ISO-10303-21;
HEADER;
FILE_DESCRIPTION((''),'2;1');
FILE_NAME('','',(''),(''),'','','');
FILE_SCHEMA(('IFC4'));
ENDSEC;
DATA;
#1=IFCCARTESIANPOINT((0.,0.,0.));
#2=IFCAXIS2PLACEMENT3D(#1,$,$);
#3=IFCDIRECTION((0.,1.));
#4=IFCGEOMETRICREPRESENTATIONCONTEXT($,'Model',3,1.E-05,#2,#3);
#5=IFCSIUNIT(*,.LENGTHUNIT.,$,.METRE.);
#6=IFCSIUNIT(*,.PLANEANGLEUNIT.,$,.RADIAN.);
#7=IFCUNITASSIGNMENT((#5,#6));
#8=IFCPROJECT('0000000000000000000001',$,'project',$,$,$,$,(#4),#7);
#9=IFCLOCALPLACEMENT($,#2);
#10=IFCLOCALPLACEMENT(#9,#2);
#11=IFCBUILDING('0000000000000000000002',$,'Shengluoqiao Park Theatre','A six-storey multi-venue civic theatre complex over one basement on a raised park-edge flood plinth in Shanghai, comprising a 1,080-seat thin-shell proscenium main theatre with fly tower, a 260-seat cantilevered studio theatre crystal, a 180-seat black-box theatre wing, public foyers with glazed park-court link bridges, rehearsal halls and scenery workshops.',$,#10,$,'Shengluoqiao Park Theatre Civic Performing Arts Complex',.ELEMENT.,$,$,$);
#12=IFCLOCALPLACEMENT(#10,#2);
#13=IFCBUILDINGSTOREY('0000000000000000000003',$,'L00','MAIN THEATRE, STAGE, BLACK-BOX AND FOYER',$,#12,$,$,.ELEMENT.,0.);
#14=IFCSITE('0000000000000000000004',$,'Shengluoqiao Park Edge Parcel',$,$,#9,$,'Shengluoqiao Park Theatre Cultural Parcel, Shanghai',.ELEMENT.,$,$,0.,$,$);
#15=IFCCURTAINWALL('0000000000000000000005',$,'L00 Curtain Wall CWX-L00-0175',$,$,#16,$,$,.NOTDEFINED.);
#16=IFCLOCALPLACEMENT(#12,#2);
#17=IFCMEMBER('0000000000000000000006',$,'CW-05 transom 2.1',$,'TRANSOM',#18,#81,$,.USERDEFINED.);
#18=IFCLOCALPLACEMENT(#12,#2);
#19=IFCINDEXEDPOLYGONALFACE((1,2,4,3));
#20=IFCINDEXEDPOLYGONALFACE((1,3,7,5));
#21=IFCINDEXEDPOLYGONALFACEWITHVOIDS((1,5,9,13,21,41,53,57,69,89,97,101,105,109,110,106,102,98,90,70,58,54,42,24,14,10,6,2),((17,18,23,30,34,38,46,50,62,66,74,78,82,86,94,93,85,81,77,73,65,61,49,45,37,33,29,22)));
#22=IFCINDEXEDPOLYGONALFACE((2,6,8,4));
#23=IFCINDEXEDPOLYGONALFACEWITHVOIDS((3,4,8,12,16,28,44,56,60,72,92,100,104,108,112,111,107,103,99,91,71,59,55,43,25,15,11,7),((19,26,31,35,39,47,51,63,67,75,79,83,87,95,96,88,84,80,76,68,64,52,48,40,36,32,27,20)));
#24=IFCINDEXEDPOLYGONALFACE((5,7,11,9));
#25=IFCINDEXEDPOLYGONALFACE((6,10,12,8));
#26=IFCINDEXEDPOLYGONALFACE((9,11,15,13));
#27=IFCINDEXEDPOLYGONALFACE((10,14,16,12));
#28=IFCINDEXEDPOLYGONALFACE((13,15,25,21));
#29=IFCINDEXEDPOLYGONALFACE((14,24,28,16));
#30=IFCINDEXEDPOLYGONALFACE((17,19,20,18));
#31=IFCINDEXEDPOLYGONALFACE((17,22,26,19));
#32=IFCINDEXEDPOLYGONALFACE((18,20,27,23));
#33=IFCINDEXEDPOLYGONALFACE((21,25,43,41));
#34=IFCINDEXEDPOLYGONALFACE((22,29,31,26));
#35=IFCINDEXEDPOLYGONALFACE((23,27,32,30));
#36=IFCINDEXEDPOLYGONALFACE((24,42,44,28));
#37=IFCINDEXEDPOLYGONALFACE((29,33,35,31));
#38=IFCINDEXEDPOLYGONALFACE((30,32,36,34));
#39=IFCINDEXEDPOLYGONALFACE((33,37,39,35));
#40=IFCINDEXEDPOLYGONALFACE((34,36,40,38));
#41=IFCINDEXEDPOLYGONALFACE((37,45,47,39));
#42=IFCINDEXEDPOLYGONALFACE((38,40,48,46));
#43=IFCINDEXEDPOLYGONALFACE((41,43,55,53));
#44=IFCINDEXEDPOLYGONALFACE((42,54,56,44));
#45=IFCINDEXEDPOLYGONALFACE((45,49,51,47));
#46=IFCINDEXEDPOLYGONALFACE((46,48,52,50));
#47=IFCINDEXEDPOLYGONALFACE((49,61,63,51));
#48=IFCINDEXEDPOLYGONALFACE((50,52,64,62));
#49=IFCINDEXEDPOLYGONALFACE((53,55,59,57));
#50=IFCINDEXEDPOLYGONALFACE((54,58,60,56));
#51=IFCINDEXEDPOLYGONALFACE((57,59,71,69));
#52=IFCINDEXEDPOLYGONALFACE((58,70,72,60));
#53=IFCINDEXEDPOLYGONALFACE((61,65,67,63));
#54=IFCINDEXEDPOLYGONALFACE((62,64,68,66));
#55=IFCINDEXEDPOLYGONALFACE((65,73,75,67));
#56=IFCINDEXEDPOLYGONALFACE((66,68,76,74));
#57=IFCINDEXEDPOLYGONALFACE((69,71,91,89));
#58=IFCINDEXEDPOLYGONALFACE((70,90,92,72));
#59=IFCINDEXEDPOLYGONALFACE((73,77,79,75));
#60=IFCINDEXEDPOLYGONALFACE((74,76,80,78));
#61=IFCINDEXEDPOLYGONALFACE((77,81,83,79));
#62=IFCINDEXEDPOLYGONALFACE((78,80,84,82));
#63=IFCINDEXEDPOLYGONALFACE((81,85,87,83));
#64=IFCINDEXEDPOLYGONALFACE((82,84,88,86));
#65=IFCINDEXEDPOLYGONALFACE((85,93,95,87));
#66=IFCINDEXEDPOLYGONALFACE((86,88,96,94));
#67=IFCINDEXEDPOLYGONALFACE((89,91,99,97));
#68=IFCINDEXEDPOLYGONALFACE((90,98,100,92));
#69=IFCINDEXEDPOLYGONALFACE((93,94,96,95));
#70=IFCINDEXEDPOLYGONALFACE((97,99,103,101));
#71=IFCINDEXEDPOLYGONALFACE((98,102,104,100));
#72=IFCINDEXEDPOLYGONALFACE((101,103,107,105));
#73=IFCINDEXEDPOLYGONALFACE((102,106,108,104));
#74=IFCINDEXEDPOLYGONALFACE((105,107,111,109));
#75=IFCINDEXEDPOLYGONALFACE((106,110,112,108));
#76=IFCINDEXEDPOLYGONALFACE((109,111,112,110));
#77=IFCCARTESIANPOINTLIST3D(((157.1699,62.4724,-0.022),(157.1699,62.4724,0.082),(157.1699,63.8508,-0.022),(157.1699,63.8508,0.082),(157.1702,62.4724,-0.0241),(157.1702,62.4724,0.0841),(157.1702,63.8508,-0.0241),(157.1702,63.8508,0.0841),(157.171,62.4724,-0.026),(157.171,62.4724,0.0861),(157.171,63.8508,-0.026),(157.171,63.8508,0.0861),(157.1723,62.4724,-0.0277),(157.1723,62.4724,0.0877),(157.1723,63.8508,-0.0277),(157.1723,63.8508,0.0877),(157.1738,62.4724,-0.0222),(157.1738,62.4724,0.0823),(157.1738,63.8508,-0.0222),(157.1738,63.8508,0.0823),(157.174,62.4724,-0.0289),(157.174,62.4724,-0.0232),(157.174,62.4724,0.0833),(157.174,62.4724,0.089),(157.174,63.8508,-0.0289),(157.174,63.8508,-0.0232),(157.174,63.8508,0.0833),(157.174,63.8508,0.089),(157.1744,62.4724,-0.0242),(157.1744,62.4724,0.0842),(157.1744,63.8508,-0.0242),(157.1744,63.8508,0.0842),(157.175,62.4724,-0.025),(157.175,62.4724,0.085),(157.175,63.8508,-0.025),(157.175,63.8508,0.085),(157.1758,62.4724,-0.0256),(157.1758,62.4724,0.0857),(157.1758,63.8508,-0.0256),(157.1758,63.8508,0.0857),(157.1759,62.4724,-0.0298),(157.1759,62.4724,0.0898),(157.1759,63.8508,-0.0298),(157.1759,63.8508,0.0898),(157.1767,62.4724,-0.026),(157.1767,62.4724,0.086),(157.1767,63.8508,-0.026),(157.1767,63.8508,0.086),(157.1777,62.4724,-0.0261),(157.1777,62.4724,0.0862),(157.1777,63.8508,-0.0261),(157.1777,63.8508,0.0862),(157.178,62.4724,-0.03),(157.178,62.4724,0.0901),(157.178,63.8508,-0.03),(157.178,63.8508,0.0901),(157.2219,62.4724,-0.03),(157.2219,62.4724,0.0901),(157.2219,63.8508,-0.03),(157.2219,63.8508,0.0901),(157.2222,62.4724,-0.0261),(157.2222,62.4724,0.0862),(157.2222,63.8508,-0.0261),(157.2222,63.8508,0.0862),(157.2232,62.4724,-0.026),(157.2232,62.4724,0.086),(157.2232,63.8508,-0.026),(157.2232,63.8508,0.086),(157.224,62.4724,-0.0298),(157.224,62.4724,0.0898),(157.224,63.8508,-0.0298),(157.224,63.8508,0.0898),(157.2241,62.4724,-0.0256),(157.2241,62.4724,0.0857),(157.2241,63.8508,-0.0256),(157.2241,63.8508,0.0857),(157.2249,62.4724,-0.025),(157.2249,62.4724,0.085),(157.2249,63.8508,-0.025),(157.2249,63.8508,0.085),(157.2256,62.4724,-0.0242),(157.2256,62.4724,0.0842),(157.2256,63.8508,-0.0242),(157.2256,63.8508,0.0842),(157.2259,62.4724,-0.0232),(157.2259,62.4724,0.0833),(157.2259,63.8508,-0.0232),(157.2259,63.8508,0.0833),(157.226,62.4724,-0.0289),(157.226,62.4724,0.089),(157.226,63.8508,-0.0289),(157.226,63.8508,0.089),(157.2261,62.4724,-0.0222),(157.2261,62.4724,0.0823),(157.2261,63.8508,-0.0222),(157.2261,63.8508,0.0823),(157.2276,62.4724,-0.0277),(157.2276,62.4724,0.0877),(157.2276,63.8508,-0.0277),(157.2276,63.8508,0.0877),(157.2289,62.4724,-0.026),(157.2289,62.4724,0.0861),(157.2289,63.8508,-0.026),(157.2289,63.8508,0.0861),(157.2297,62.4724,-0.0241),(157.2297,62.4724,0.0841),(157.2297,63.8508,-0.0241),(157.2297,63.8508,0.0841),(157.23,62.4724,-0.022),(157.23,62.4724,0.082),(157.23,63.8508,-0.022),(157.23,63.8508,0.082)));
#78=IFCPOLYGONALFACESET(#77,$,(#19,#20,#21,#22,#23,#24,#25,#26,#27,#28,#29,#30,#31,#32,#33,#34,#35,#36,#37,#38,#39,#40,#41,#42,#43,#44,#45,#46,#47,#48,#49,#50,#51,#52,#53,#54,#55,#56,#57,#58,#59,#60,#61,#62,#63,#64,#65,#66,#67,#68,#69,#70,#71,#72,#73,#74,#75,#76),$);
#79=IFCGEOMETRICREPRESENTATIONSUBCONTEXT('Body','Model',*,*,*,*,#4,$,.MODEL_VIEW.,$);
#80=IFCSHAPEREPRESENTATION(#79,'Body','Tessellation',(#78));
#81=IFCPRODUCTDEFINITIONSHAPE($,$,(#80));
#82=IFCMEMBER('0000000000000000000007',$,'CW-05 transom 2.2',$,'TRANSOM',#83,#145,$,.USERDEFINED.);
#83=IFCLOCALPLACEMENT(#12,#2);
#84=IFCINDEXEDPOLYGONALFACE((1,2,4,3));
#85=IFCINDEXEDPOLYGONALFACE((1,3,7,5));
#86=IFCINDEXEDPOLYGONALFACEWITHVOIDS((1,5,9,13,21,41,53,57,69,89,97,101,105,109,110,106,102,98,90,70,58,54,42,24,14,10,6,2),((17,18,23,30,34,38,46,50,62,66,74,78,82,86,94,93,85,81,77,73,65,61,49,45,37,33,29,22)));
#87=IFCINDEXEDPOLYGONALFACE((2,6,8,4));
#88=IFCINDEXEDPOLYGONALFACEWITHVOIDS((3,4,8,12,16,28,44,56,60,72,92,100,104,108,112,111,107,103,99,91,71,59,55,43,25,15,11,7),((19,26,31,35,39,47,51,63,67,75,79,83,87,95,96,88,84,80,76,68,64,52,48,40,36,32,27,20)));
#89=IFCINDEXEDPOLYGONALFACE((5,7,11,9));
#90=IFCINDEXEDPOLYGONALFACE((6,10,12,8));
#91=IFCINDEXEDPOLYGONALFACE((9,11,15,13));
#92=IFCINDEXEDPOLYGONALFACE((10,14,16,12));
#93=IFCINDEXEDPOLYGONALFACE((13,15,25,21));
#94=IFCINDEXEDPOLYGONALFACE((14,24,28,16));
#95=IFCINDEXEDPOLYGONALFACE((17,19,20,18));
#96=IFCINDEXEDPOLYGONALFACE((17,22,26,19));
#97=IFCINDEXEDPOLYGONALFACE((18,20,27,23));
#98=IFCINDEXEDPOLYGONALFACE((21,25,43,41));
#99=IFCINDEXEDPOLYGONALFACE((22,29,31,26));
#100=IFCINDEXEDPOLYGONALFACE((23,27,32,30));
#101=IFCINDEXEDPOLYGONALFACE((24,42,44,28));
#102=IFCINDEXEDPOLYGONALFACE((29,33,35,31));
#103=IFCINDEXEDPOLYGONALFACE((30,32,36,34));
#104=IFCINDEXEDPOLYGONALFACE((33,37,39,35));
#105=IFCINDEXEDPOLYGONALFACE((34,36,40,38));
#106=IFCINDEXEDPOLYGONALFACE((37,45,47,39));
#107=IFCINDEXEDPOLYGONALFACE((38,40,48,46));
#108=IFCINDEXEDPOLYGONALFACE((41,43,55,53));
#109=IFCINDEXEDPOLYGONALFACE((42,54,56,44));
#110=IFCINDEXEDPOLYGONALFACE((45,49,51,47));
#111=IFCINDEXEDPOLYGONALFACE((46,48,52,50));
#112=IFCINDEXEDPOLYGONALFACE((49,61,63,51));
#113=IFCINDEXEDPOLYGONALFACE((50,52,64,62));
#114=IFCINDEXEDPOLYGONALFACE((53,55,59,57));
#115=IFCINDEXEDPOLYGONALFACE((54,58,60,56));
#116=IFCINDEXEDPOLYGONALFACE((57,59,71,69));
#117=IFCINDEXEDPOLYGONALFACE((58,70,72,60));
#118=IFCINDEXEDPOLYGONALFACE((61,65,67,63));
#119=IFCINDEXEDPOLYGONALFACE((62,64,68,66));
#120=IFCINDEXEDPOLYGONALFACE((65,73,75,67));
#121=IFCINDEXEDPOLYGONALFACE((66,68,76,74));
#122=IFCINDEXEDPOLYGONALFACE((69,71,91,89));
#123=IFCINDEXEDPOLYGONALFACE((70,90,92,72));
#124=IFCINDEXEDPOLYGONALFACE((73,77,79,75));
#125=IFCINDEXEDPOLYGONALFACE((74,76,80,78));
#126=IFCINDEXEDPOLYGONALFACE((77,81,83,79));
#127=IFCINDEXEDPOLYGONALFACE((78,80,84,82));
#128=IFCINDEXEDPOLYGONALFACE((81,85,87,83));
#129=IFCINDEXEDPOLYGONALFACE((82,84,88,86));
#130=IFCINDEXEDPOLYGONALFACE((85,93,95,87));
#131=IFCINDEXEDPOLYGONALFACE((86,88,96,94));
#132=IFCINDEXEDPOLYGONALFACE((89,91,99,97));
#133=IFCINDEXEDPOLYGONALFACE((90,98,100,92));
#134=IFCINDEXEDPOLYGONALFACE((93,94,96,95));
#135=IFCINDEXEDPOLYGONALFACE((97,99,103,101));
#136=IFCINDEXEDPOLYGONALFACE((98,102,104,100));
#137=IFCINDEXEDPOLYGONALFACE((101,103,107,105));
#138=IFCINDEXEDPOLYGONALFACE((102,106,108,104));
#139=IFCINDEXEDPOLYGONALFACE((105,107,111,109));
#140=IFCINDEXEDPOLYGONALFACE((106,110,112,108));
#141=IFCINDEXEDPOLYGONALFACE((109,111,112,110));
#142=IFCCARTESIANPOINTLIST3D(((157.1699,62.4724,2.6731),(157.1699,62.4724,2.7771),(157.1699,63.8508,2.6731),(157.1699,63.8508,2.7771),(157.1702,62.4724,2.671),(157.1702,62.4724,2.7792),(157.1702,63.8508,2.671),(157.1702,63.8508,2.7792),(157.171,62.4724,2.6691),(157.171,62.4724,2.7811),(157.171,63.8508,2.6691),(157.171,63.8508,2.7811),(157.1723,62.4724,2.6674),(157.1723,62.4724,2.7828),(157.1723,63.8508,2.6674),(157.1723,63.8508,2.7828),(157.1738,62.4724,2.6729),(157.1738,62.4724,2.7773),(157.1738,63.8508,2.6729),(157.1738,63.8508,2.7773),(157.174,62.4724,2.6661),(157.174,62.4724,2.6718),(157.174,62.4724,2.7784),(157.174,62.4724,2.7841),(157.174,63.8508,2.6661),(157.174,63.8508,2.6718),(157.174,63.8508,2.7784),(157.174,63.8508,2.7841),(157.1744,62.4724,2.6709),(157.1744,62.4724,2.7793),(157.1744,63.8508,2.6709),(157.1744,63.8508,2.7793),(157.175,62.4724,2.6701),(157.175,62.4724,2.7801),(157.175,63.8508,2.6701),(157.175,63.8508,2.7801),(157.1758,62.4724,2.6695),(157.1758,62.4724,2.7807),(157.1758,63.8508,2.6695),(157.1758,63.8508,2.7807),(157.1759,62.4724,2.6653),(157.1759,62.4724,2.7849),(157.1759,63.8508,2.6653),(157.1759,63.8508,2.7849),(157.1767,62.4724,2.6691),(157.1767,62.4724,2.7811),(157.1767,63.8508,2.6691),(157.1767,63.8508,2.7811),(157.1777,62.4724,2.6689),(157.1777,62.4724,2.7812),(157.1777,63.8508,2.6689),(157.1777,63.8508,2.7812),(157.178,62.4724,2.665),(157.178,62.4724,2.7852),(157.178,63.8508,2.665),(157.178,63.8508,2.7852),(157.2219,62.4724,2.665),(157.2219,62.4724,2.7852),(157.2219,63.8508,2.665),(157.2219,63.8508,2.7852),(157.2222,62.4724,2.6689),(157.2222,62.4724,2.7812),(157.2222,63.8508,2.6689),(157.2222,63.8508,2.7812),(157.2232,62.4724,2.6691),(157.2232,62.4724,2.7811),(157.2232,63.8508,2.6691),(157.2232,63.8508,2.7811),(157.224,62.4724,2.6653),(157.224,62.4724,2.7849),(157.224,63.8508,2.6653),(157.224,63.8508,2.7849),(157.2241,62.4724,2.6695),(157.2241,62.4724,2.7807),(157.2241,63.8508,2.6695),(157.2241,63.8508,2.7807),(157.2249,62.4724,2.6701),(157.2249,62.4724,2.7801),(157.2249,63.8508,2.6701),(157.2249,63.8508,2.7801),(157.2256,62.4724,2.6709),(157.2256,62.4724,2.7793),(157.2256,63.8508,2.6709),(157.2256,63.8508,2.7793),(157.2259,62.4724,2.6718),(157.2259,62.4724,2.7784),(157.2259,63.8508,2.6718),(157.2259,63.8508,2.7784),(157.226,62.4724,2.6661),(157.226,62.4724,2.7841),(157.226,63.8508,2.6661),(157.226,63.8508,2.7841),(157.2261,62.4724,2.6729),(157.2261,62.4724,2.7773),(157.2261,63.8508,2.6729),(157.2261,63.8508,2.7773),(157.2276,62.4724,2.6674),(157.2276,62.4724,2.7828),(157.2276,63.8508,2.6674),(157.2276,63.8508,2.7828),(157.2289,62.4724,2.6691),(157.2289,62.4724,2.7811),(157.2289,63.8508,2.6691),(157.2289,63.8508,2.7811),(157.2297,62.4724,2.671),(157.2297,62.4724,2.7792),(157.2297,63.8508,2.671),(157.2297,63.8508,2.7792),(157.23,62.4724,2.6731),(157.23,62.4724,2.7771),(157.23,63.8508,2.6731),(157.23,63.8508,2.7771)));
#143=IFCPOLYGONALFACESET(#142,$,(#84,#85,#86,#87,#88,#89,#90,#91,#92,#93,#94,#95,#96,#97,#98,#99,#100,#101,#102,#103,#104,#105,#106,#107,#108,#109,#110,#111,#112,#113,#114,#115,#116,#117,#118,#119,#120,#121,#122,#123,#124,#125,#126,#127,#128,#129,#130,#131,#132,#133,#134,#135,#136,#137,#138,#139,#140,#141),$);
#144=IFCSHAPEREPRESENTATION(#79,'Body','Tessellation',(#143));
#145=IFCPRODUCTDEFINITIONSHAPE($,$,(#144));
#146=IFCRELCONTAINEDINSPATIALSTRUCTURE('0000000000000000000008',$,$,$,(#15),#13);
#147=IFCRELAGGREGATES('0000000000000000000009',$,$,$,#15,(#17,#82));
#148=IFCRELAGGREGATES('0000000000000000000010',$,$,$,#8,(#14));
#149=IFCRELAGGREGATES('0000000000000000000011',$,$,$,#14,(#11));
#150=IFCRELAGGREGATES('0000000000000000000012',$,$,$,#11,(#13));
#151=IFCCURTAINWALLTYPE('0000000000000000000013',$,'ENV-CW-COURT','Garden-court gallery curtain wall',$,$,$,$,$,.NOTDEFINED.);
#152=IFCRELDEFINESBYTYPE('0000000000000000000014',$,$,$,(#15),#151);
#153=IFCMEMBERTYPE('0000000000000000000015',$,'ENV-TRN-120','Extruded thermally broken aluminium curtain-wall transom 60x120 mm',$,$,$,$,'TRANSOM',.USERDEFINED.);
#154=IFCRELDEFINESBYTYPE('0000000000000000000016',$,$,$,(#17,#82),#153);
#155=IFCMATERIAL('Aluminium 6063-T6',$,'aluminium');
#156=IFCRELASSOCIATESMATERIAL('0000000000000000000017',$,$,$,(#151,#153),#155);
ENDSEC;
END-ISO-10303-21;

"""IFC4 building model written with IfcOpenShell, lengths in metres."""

from ifc_helpers import new_model, si_unit, direction, frame, origin, origin_2d, place, context, subcontext, project, spatial, hollow_rectangle, extrude, material, material_profile, profile_set, type_object, element, aggregate, save


model = new_model("IFC4")

# Units and contexts
model_context = context("Model", 3, precision=1e-05, world=origin(), true_north=direction((0.0, 1.0)))
body_context = subcontext(model_context, "Body", "Model", "MODEL_VIEW")
ifc_project = project(units=[si_unit("LENGTHUNIT", "METRE"), si_unit("PLANEANGLEUNIT", "RADIAN")], contexts=[model_context])

# Site, building, storey
site_placement = place(None, origin())
site = spatial("IfcSite", under=ifc_project, at=site_placement, Name="Shengluoqiao Park Edge Parcel", LongName="Shengluoqiao Park Theatre Cultural Parcel, Shanghai", CompositionType="ELEMENT", RefElevation=0.0)
building_placement = place(site_placement, origin())
building = spatial("IfcBuilding", under=site, at=building_placement, Name="Shengluoqiao Park Theatre", Description="A six-storey multi-venue civic theatre complex over one basement on a raised park-edge flood plinth in Shanghai, comprising a 1,080-seat thin-shell proscenium main theatre with fly tower, a 260-seat cantilevered studio theatre crystal, a 180-seat black-box theatre wing, public foyers with glazed park-court link bridges, rehearsal halls and scenery workshops.", LongName="Shengluoqiao Park Theatre Civic Performing Arts Complex", CompositionType="ELEMENT")
storey_placement = place(building_placement, origin())
storey = spatial("IfcBuildingStorey", under=building, at=storey_placement, Name="L00", Description="MAIN THEATRE, STAGE, BLACK-BOX AND FOYER", CompositionType="ELEMENT", Elevation=0.0)

# Curtain wall, members
ifc_material_1 = material(Name="Aluminium 6063-T6", Category="aluminium")
curtain_wall_type = type_object("IfcCurtainWallType", Name="ENV-CW-COURT", Description="Garden-court gallery curtain wall", PredefinedType="NOTDEFINED", material=ifc_material_1)
curtain_wall_placement = place(storey_placement, origin())
curtain_wall = element("IfcCurtainWall", 1, at=curtain_wall_placement, inside=storey, type_object=curtain_wall_type, Name="L00 Curtain Wall CWX-L00-0175", PredefinedType="NOTDEFINED")
ifc_material_profile_1 = material_profile(ifc_material_1, hollow_rectangle(XDim=0.0601, YDim=0.1201, WallThickness=0.0039, InnerFilletRadius=0.0039, OuterFilletRadius=0.0081, at=origin_2d()), Name="ALU TRANSOM 120x60x4")
ifc_profile_set_1 = profile_set([ifc_material_profile_1], Name="Aluminium 6063-T6")
member_type_1 = type_object("IfcMemberType", Name="ENV-TRN-120", Description="Extruded thermally broken aluminium curtain-wall transom 60x120 mm", ElementType="TRANSOM", PredefinedType="USERDEFINED", material=ifc_profile_set_1)
member_1_placement = place(storey_placement, frame((157.2, 62.4724, 0.03), z_axis=(0.0, 1.0, 0.0), x_axis=(-1.0, 0.0, 0.0)))
member_1 = element("IfcMember", 2, at=member_1_placement, type_object=member_type_1, Name="CW-05 transom 2.1", ObjectType="TRANSOM", PredefinedType="USERDEFINED", context=body_context, shape_type="SweptSolid", body=[
    extrude(hollow_rectangle(XDim=0.0601, YDim=0.1201, WallThickness=0.0039, InnerFilletRadius=0.0039, OuterFilletRadius=0.0081, at=origin_2d()), origin(), (0.0, 0.0, 1.0), 1.3784),
])
member_2_placement = place(storey_placement, frame((157.2, 62.4724, 2.7251), z_axis=(0.0, 1.0, 0.0), x_axis=(-1.0, 0.0, 0.0)))
member_2 = element("IfcMember", 3, at=member_2_placement, type_object=member_type_1, Name="CW-05 transom 2.2", ObjectType="TRANSOM", PredefinedType="USERDEFINED", context=body_context, shape_type="SweptSolid", body=[
    extrude(hollow_rectangle(XDim=0.0601, YDim=0.1201, WallThickness=0.0039, InnerFilletRadius=0.0039, OuterFilletRadius=0.0081, at=origin_2d()), origin(), (0.0, 0.0, 1.0), 1.3784),
])
aggregate(curtain_wall, [member_1, member_2])

save(model, "model.ifc")
